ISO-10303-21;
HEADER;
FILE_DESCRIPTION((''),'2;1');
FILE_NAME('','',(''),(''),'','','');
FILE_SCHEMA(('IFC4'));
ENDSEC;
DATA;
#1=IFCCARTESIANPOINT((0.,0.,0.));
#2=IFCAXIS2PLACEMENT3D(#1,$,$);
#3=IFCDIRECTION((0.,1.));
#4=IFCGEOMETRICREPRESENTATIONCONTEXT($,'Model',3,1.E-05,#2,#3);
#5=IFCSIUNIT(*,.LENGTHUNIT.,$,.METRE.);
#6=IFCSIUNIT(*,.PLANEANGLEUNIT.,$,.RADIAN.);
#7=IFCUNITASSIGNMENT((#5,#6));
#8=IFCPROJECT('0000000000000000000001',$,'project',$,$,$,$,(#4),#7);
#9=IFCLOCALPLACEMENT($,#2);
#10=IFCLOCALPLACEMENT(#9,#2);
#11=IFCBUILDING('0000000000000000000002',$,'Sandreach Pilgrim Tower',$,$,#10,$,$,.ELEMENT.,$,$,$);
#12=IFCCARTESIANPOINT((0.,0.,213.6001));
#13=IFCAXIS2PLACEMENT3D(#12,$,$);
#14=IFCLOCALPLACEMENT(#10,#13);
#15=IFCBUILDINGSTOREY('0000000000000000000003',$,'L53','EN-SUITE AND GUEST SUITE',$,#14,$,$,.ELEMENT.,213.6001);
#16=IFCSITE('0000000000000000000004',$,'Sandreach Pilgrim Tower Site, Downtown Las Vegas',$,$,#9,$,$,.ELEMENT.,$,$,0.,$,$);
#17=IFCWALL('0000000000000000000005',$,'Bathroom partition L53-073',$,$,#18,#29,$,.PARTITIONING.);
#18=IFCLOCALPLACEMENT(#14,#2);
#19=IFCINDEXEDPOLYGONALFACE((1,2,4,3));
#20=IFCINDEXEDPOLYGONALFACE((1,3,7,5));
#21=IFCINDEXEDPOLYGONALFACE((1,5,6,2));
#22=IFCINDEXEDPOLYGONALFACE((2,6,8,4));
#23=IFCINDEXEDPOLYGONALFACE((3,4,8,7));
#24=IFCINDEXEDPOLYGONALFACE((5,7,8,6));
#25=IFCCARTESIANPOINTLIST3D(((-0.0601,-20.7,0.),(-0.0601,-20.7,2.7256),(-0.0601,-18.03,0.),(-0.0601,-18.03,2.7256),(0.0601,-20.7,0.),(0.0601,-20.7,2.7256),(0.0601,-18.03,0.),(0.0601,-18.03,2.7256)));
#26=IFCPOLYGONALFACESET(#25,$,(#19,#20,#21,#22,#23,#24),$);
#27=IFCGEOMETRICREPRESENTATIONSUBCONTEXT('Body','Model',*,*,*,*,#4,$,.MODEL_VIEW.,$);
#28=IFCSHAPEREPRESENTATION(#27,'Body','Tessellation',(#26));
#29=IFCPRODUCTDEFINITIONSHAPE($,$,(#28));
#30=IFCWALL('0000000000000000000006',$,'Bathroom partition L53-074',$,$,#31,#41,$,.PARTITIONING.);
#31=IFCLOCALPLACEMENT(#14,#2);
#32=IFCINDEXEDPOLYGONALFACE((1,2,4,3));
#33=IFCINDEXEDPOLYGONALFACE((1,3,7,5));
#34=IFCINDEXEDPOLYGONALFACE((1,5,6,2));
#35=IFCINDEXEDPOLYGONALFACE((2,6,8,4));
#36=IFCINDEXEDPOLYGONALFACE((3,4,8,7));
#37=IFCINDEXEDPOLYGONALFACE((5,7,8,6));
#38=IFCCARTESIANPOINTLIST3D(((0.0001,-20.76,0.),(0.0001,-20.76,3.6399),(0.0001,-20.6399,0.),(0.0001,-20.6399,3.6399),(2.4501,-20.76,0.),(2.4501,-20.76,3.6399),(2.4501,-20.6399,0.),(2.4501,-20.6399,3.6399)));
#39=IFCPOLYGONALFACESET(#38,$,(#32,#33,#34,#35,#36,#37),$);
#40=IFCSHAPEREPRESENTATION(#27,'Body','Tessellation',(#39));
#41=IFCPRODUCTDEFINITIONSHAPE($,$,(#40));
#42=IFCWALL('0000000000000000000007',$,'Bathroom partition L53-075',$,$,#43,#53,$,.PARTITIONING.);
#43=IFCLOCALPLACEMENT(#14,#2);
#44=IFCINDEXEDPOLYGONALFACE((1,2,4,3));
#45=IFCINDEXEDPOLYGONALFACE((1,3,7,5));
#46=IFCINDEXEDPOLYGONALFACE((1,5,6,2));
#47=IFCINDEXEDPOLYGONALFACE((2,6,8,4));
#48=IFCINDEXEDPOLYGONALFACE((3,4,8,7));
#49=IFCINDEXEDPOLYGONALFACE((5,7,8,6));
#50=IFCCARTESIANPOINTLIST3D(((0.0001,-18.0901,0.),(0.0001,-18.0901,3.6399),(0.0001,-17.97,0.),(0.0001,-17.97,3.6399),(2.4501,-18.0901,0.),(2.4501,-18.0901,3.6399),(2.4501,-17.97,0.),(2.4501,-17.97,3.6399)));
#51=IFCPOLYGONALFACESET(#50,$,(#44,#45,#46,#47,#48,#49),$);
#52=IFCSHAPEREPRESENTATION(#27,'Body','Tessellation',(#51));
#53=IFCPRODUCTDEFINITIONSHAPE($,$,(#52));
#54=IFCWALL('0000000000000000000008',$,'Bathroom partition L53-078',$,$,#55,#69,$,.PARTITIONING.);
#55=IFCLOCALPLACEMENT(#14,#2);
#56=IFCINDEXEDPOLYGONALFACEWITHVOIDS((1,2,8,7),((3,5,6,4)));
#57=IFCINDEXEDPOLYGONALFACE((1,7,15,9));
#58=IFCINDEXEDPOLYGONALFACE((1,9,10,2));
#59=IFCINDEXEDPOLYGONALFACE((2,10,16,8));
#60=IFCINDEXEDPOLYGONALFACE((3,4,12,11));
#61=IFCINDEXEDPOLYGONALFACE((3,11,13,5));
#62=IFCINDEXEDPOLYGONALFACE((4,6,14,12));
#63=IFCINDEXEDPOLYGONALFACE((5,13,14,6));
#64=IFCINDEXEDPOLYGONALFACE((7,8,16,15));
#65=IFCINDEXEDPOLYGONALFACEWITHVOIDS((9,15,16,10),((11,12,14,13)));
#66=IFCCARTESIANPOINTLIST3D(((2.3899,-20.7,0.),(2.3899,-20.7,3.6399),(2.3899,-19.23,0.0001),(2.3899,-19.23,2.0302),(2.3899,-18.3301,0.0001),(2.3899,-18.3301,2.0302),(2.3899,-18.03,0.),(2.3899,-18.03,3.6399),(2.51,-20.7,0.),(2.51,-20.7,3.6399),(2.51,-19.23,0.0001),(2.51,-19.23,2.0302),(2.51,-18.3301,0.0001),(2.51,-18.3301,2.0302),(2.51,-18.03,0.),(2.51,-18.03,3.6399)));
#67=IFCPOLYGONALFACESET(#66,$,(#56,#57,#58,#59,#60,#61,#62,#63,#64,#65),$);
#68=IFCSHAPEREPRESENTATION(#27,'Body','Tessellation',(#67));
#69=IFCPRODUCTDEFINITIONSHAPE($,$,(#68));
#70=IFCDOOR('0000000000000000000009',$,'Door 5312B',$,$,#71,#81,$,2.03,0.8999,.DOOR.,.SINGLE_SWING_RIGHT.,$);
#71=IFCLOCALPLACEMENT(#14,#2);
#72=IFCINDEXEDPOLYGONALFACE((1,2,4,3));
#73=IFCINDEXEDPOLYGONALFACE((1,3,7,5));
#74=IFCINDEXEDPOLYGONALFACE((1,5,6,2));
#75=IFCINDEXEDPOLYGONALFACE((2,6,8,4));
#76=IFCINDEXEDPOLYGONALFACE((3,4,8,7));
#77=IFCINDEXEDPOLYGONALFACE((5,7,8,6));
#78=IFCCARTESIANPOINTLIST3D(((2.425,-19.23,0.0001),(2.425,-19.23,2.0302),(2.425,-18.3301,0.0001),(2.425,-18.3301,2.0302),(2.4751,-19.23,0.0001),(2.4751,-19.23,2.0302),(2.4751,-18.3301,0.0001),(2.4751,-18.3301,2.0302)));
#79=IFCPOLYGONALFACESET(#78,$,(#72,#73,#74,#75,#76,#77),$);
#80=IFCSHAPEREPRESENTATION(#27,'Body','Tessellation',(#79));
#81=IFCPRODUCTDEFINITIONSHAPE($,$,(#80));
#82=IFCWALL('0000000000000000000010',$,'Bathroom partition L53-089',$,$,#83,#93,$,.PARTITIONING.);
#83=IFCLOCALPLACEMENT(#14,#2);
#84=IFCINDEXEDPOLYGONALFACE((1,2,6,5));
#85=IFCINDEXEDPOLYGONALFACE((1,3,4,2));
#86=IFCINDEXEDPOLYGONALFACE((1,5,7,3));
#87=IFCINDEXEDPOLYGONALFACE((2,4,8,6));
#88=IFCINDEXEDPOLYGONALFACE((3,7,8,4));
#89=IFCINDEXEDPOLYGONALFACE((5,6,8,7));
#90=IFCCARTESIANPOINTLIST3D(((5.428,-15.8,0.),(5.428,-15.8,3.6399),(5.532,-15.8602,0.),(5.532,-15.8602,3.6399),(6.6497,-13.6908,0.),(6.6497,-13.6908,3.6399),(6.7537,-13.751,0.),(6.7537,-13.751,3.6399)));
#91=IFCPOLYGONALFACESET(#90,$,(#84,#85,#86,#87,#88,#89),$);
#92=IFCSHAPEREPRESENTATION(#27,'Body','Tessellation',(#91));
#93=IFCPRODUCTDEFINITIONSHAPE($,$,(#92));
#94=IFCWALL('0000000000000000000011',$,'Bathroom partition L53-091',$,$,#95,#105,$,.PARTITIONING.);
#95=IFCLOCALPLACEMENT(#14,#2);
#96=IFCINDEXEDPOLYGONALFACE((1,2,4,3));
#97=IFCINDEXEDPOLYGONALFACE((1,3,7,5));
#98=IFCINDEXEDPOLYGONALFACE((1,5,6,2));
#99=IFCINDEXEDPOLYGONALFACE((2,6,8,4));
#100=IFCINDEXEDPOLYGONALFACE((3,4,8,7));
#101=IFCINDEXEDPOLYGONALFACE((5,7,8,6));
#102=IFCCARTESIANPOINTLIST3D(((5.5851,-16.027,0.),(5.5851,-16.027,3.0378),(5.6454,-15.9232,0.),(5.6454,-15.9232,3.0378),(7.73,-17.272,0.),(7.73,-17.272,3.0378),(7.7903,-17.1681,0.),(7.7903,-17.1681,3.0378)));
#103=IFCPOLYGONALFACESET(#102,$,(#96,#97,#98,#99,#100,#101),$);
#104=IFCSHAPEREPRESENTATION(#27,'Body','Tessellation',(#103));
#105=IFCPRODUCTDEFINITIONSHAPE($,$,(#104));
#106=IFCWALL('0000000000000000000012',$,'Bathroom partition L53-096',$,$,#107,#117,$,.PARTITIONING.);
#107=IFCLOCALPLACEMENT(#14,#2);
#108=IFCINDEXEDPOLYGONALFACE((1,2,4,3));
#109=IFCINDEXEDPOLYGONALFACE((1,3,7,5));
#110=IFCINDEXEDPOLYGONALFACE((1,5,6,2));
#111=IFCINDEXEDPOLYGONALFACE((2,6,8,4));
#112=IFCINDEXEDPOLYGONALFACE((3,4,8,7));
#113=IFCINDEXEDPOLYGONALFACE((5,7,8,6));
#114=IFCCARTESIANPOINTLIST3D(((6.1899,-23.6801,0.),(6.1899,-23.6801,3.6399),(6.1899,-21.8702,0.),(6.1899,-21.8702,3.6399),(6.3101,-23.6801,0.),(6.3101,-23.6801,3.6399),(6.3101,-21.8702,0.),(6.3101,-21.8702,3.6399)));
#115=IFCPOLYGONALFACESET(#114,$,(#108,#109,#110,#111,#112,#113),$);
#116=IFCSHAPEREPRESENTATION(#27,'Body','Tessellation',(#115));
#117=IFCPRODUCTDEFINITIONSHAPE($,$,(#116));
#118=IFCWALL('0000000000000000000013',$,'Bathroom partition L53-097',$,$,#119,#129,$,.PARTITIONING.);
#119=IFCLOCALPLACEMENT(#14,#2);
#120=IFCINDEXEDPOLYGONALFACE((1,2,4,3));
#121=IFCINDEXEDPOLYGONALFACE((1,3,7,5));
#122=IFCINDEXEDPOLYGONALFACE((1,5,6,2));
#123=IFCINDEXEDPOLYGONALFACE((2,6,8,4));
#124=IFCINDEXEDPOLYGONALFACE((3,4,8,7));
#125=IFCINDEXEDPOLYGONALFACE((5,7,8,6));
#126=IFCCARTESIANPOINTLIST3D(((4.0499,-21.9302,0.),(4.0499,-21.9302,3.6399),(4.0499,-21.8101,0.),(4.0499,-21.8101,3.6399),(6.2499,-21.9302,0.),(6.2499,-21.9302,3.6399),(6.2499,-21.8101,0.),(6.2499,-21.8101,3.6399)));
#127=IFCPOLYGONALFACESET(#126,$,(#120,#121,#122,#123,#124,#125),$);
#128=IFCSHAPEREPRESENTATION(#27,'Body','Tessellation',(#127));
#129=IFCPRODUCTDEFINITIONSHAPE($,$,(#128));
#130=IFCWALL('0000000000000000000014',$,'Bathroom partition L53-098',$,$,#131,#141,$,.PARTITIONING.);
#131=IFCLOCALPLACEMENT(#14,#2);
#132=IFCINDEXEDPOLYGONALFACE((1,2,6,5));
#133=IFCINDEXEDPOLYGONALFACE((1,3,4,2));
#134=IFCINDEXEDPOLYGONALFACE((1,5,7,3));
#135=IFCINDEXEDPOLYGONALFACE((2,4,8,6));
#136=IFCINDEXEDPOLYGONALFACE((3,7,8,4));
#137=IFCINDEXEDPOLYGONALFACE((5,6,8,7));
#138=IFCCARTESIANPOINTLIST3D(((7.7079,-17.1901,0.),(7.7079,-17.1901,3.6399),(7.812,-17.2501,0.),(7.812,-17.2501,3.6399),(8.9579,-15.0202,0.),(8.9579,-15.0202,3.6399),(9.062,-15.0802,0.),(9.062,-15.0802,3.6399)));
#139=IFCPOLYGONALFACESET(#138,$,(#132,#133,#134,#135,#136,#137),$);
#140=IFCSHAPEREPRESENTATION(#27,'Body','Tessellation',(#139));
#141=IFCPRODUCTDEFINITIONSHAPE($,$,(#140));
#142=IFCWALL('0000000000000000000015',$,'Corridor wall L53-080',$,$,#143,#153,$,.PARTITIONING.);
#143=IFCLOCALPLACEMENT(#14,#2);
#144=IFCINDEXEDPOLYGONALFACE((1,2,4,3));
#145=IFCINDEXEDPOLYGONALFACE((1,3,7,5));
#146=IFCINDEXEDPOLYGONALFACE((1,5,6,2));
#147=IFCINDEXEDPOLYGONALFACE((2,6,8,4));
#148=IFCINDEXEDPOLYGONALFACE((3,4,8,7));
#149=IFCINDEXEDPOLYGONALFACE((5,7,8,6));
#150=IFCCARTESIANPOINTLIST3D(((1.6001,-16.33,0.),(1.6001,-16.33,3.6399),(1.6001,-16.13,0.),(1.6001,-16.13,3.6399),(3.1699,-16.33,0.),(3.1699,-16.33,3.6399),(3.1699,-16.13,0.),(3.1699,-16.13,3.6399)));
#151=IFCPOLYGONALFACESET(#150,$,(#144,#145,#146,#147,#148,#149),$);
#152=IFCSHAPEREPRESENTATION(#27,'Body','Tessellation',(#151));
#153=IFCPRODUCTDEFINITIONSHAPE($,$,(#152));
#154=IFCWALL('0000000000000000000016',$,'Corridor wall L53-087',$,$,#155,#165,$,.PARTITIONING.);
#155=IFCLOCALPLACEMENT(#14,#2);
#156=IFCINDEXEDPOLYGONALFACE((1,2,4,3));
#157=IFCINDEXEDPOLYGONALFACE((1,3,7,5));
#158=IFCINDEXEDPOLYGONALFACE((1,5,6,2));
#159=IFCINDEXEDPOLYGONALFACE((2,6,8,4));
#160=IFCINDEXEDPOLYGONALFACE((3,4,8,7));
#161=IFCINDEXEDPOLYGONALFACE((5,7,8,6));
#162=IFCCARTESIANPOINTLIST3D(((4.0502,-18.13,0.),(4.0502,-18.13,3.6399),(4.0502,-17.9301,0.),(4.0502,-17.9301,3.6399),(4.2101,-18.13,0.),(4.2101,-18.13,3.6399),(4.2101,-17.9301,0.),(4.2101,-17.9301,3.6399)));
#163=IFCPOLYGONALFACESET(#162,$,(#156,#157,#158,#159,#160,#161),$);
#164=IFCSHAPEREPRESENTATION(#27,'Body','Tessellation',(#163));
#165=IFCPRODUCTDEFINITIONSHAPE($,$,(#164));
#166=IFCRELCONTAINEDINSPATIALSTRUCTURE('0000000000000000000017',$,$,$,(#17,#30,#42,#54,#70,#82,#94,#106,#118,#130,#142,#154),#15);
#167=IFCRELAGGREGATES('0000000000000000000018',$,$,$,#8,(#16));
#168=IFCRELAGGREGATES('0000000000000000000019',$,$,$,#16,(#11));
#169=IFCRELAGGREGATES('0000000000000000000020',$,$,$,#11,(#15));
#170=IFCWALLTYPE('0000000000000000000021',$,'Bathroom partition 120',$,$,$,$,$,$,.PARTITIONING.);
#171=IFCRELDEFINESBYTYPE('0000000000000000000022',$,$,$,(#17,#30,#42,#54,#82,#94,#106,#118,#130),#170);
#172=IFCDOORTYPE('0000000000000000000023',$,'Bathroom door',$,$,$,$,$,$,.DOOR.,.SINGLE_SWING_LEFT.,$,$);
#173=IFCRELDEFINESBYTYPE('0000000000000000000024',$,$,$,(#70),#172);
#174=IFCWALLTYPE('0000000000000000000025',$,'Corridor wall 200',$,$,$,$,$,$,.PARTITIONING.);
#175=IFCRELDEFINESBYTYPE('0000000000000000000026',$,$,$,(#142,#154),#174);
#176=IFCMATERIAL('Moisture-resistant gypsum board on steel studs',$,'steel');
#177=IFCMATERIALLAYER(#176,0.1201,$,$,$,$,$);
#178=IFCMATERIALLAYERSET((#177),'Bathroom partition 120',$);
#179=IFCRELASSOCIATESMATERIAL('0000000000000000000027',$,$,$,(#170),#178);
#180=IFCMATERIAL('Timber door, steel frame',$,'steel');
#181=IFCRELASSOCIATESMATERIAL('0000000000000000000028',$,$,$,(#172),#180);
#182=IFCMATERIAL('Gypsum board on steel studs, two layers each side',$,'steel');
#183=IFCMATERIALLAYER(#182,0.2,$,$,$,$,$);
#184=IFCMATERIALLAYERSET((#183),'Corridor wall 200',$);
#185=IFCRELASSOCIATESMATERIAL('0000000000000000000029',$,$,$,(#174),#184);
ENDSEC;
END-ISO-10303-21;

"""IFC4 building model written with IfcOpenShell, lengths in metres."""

from ifc_helpers import new_model, si_unit, direction, frame, frame_2d, origin, place, context, subcontext, project, spatial, rectangle, extrude, material, layer, layer_set, type_object, element, fill, save


model = new_model("IFC4")

# Units and contexts
model_context = context("Model", 3, precision=1e-05, world=origin(), true_north=direction((0.0, 1.0)))
body_context = subcontext(model_context, "Body", "Model", "MODEL_VIEW")
ifc_project = project(units=[si_unit("LENGTHUNIT", "METRE"), si_unit("PLANEANGLEUNIT", "RADIAN")], contexts=[model_context])

# Site, building, storey
site_placement = place(None, origin())
site = spatial("IfcSite", under=ifc_project, at=site_placement, Name="Sandreach Pilgrim Tower Site, Downtown Las Vegas", CompositionType="ELEMENT", RefElevation=0.0)
building_placement = place(site_placement, origin())
building = spatial("IfcBuilding", under=site, at=building_placement, Name="Sandreach Pilgrim Tower", CompositionType="ELEMENT")
storey_placement = place(building_placement, frame((0.0, 0.0, 213.6001)))
storey = spatial("IfcBuildingStorey", under=building, at=storey_placement, Name="L53", Description="EN-SUITE AND GUEST SUITE", CompositionType="ELEMENT", Elevation=213.6001)

# Walls
ifc_material_1 = material(Name="Moisture-resistant gypsum board on steel studs", Category="steel")
ifc_layer_1 = layer(ifc_material_1, 0.1201)
ifc_layer_set_1 = layer_set([ifc_layer_1], Name="Bathroom partition 120")
wall_type_1 = type_object("IfcWallType", Name="Bathroom partition 120", PredefinedType="PARTITIONING", material=ifc_layer_set_1)
wall_1_placement = place(storey_placement, frame((0.0, -20.7, 0.0), z_axis=(0.0, 0.0, 1.0), x_axis=(0.0, 1.0, 0.0)))
element("IfcWall", 1, at=wall_1_placement, inside=storey, type_object=wall_type_1, Name="Bathroom partition L53-073", PredefinedType="PARTITIONING", context=body_context, shape_type="SweptSolid", body=[
    extrude(rectangle(XDim=2.6699, YDim=0.1201, at=frame_2d((1.335, 0.0))), origin(), (0.0, 0.0, 1.0), 2.7256),
])
for number, where, z_axis, x_axis, name in (
    (2, (0.0, -20.7, 0.0), (0.0, 0.0, 1.0), (1.0, 0.0, 0.0), "Bathroom partition L53-074"),
    (3, (0.0, -18.03, 0.0), (0.0, 0.0, 1.0), (1.0, 0.0, 0.0), "Bathroom partition L53-075"),
):
    element("IfcWall", number, at=place(storey_placement, frame(where, z_axis=z_axis, x_axis=x_axis)), inside=storey, type_object=wall_type_1, Name=name, PredefinedType="PARTITIONING", context=body_context, shape_type="SweptSolid", body=[
        extrude(rectangle(XDim=2.45, YDim=0.1201, at=frame_2d((1.2251, 0.0))), origin(), (0.0, 0.0, 1.0), 3.6399),
    ])

# Wall, opening, door
wall_2_placement = place(storey_placement, frame((2.45, -20.7, 0.0), z_axis=(0.0, 0.0, 1.0), x_axis=(0.0, 1.0, 0.0)))
wall_2 = element("IfcWall", 4, at=wall_2_placement, inside=storey, type_object=wall_type_1, Name="Bathroom partition L53-078", PredefinedType="PARTITIONING", context=body_context, shape_type="SweptSolid", body=[
    extrude(rectangle(XDim=2.6699, YDim=0.1201, at=frame_2d((1.335, 0.0))), origin(), (0.0, 0.0, 1.0), 3.6399),
])
opening_1_placement = place(wall_2_placement, frame((1.47, 0.0, 0.0)))
opening_1 = element("IfcOpeningElement", 5, at=opening_1_placement, cuts=wall_2, PredefinedType="OPENING", context=body_context, shape_type="SweptSolid", body=[
    extrude(rectangle(XDim=0.8999, YDim=2.03, at=frame_2d((0.45, 1.0151))), frame((0.0, 0.0601, 0.0), z_axis=(0.0, -1.0, 0.0), x_axis=(1.0, 0.0, 0.0)), (0.0, 0.0, 1.0), 0.1201),
])
ifc_material_2 = material(Name="Timber door, steel frame", Category="steel")
door_type_1 = type_object("IfcDoorType", Name="Bathroom door", OperationType="SINGLE_SWING_LEFT", PredefinedType="DOOR", material=ifc_material_2)
door_1_placement = place(opening_1_placement, origin())
door_1 = element("IfcDoor", 6, at=door_1_placement, inside=storey, type_object=door_type_1, Name="Door 5312B", OperationType="SINGLE_SWING_RIGHT", OverallHeight=2.03, OverallWidth=0.8999, PredefinedType="DOOR", context=body_context, shape_type="SweptSolid", body=[
    extrude(rectangle(XDim=0.8999, YDim=2.03, at=frame_2d((0.45, 1.0151))), frame((0.0, 0.0249, 0.0), z_axis=(0.0, -1.0, 0.0), x_axis=(1.0, 0.0, 0.0)), (0.0, 0.0, 1.0), 0.05),
])
fill(opening_1, door_1)

# Walls
wall_3_placement = place(storey_placement, frame((5.48, -15.8301, 0.0), z_axis=(0.0, 0.0, 1.0), x_axis=(0.501222, 0.865319, 0.0)))
element("IfcWall", 7, at=wall_3_placement, inside=storey, type_object=wall_type_1, Name="Bathroom partition L53-089", PredefinedType="PARTITIONING", context=body_context, shape_type="SweptSolid", body=[
    extrude(rectangle(XDim=2.4375, YDim=0.1201, at=frame_2d((1.2188, 0.0))), origin(), (0.0, 0.0, 1.0), 3.6399),
])
wall_4_placement = place(storey_placement, frame((5.6152, -15.9751, 0.0), z_axis=(0.0, 0.0, 1.0), x_axis=(0.864873, -0.501991, 0.0)))
element("IfcWall", 8, at=wall_4_placement, inside=storey, type_object=wall_type_1, Name="Bathroom partition L53-091", PredefinedType="PARTITIONING", context=body_context, shape_type="SweptSolid", body=[
    extrude(rectangle(XDim=2.48, YDim=0.1201, at=frame_2d((1.24, 0.0))), origin(), (0.0, 0.0, 1.0), 3.0378),
])
wall_5_placement = place(storey_placement, frame((6.25, -23.6799, 0.0), z_axis=(0.0, 0.0, 1.0), x_axis=(0.0, 1.0, 0.0)))
element("IfcWall", 9, at=wall_5_placement, inside=storey, type_object=wall_type_1, Name="Bathroom partition L53-096", PredefinedType="PARTITIONING", context=body_context, shape_type="SweptSolid", body=[
    extrude(rectangle(XDim=1.8098, YDim=0.1201, at=frame_2d((0.9048, 0.0))), origin(), (0.0, 0.0, 1.0), 3.6399),
])
wall_6_placement = place(storey_placement, frame((6.25, -21.8701, 0.0), z_axis=(0.0, 0.0, 1.0), x_axis=(-1.0, 0.0, 0.0)))
element("IfcWall", 10, at=wall_6_placement, inside=storey, type_object=wall_type_1, Name="Bathroom partition L53-097", PredefinedType="PARTITIONING", context=body_context, shape_type="SweptSolid", body=[
    extrude(rectangle(XDim=2.2, YDim=0.1201, at=frame_2d((1.1001, 0.0))), origin(), (0.0, 0.0, 1.0), 3.6399),
])
wall_7_placement = place(storey_placement, frame((7.76, -17.22, 0.0), z_axis=(0.0, 0.0, 1.0), x_axis=(0.49916, 0.86651, 0.0)))
element("IfcWall", 11, at=wall_7_placement, inside=storey, type_object=wall_type_1, Name="Bathroom partition L53-098", PredefinedType="PARTITIONING", context=body_context, shape_type="SweptSolid", body=[
    extrude(rectangle(XDim=2.5042, YDim=0.1201, at=frame_2d((1.252, 0.0))), origin(), (0.0, 0.0, 1.0), 3.6399),
])

# Shared definitions
ifc_material_3 = material(Name="Gypsum board on steel studs, two layers each side", Category="steel")
ifc_layer_2 = layer(ifc_material_3, 0.2)
ifc_layer_set_2 = layer_set([ifc_layer_2], Name="Corridor wall 200")
wall_type_2 = type_object("IfcWallType", Name="Corridor wall 200", PredefinedType="PARTITIONING", material=ifc_layer_set_2)

# Walls
wall_8_placement = place(storey_placement, frame((3.1699, -16.23, 0.0), z_axis=(0.0, 0.0, 1.0), x_axis=(-1.0, 0.0, 0.0)))
element("IfcWall", 12, at=wall_8_placement, inside=storey, type_object=wall_type_2, Name="Corridor wall L53-080", PredefinedType="PARTITIONING", context=body_context, shape_type="SweptSolid", body=[
    extrude(rectangle(XDim=1.5698, YDim=0.2, at=frame_2d((0.7849, 0.0))), origin(), (0.0, 0.0, 1.0), 3.6399),
])
wall_9_placement = place(storey_placement, frame((4.05, -18.03, 0.0), z_axis=(0.0, 0.0, 1.0), x_axis=(1.0, 0.0, 0.0)))
element("IfcWall", 13, at=wall_9_placement, inside=storey, type_object=wall_type_2, Name="Corridor wall L53-087", PredefinedType="PARTITIONING", context=body_context, shape_type="SweptSolid", body=[
    extrude(rectangle(XDim=0.1599, YDim=0.2, at=frame_2d((0.0801, 0.0))), origin(), (0.0, 0.0, 1.0), 3.6399),
])

save(model, "model.ifc")
